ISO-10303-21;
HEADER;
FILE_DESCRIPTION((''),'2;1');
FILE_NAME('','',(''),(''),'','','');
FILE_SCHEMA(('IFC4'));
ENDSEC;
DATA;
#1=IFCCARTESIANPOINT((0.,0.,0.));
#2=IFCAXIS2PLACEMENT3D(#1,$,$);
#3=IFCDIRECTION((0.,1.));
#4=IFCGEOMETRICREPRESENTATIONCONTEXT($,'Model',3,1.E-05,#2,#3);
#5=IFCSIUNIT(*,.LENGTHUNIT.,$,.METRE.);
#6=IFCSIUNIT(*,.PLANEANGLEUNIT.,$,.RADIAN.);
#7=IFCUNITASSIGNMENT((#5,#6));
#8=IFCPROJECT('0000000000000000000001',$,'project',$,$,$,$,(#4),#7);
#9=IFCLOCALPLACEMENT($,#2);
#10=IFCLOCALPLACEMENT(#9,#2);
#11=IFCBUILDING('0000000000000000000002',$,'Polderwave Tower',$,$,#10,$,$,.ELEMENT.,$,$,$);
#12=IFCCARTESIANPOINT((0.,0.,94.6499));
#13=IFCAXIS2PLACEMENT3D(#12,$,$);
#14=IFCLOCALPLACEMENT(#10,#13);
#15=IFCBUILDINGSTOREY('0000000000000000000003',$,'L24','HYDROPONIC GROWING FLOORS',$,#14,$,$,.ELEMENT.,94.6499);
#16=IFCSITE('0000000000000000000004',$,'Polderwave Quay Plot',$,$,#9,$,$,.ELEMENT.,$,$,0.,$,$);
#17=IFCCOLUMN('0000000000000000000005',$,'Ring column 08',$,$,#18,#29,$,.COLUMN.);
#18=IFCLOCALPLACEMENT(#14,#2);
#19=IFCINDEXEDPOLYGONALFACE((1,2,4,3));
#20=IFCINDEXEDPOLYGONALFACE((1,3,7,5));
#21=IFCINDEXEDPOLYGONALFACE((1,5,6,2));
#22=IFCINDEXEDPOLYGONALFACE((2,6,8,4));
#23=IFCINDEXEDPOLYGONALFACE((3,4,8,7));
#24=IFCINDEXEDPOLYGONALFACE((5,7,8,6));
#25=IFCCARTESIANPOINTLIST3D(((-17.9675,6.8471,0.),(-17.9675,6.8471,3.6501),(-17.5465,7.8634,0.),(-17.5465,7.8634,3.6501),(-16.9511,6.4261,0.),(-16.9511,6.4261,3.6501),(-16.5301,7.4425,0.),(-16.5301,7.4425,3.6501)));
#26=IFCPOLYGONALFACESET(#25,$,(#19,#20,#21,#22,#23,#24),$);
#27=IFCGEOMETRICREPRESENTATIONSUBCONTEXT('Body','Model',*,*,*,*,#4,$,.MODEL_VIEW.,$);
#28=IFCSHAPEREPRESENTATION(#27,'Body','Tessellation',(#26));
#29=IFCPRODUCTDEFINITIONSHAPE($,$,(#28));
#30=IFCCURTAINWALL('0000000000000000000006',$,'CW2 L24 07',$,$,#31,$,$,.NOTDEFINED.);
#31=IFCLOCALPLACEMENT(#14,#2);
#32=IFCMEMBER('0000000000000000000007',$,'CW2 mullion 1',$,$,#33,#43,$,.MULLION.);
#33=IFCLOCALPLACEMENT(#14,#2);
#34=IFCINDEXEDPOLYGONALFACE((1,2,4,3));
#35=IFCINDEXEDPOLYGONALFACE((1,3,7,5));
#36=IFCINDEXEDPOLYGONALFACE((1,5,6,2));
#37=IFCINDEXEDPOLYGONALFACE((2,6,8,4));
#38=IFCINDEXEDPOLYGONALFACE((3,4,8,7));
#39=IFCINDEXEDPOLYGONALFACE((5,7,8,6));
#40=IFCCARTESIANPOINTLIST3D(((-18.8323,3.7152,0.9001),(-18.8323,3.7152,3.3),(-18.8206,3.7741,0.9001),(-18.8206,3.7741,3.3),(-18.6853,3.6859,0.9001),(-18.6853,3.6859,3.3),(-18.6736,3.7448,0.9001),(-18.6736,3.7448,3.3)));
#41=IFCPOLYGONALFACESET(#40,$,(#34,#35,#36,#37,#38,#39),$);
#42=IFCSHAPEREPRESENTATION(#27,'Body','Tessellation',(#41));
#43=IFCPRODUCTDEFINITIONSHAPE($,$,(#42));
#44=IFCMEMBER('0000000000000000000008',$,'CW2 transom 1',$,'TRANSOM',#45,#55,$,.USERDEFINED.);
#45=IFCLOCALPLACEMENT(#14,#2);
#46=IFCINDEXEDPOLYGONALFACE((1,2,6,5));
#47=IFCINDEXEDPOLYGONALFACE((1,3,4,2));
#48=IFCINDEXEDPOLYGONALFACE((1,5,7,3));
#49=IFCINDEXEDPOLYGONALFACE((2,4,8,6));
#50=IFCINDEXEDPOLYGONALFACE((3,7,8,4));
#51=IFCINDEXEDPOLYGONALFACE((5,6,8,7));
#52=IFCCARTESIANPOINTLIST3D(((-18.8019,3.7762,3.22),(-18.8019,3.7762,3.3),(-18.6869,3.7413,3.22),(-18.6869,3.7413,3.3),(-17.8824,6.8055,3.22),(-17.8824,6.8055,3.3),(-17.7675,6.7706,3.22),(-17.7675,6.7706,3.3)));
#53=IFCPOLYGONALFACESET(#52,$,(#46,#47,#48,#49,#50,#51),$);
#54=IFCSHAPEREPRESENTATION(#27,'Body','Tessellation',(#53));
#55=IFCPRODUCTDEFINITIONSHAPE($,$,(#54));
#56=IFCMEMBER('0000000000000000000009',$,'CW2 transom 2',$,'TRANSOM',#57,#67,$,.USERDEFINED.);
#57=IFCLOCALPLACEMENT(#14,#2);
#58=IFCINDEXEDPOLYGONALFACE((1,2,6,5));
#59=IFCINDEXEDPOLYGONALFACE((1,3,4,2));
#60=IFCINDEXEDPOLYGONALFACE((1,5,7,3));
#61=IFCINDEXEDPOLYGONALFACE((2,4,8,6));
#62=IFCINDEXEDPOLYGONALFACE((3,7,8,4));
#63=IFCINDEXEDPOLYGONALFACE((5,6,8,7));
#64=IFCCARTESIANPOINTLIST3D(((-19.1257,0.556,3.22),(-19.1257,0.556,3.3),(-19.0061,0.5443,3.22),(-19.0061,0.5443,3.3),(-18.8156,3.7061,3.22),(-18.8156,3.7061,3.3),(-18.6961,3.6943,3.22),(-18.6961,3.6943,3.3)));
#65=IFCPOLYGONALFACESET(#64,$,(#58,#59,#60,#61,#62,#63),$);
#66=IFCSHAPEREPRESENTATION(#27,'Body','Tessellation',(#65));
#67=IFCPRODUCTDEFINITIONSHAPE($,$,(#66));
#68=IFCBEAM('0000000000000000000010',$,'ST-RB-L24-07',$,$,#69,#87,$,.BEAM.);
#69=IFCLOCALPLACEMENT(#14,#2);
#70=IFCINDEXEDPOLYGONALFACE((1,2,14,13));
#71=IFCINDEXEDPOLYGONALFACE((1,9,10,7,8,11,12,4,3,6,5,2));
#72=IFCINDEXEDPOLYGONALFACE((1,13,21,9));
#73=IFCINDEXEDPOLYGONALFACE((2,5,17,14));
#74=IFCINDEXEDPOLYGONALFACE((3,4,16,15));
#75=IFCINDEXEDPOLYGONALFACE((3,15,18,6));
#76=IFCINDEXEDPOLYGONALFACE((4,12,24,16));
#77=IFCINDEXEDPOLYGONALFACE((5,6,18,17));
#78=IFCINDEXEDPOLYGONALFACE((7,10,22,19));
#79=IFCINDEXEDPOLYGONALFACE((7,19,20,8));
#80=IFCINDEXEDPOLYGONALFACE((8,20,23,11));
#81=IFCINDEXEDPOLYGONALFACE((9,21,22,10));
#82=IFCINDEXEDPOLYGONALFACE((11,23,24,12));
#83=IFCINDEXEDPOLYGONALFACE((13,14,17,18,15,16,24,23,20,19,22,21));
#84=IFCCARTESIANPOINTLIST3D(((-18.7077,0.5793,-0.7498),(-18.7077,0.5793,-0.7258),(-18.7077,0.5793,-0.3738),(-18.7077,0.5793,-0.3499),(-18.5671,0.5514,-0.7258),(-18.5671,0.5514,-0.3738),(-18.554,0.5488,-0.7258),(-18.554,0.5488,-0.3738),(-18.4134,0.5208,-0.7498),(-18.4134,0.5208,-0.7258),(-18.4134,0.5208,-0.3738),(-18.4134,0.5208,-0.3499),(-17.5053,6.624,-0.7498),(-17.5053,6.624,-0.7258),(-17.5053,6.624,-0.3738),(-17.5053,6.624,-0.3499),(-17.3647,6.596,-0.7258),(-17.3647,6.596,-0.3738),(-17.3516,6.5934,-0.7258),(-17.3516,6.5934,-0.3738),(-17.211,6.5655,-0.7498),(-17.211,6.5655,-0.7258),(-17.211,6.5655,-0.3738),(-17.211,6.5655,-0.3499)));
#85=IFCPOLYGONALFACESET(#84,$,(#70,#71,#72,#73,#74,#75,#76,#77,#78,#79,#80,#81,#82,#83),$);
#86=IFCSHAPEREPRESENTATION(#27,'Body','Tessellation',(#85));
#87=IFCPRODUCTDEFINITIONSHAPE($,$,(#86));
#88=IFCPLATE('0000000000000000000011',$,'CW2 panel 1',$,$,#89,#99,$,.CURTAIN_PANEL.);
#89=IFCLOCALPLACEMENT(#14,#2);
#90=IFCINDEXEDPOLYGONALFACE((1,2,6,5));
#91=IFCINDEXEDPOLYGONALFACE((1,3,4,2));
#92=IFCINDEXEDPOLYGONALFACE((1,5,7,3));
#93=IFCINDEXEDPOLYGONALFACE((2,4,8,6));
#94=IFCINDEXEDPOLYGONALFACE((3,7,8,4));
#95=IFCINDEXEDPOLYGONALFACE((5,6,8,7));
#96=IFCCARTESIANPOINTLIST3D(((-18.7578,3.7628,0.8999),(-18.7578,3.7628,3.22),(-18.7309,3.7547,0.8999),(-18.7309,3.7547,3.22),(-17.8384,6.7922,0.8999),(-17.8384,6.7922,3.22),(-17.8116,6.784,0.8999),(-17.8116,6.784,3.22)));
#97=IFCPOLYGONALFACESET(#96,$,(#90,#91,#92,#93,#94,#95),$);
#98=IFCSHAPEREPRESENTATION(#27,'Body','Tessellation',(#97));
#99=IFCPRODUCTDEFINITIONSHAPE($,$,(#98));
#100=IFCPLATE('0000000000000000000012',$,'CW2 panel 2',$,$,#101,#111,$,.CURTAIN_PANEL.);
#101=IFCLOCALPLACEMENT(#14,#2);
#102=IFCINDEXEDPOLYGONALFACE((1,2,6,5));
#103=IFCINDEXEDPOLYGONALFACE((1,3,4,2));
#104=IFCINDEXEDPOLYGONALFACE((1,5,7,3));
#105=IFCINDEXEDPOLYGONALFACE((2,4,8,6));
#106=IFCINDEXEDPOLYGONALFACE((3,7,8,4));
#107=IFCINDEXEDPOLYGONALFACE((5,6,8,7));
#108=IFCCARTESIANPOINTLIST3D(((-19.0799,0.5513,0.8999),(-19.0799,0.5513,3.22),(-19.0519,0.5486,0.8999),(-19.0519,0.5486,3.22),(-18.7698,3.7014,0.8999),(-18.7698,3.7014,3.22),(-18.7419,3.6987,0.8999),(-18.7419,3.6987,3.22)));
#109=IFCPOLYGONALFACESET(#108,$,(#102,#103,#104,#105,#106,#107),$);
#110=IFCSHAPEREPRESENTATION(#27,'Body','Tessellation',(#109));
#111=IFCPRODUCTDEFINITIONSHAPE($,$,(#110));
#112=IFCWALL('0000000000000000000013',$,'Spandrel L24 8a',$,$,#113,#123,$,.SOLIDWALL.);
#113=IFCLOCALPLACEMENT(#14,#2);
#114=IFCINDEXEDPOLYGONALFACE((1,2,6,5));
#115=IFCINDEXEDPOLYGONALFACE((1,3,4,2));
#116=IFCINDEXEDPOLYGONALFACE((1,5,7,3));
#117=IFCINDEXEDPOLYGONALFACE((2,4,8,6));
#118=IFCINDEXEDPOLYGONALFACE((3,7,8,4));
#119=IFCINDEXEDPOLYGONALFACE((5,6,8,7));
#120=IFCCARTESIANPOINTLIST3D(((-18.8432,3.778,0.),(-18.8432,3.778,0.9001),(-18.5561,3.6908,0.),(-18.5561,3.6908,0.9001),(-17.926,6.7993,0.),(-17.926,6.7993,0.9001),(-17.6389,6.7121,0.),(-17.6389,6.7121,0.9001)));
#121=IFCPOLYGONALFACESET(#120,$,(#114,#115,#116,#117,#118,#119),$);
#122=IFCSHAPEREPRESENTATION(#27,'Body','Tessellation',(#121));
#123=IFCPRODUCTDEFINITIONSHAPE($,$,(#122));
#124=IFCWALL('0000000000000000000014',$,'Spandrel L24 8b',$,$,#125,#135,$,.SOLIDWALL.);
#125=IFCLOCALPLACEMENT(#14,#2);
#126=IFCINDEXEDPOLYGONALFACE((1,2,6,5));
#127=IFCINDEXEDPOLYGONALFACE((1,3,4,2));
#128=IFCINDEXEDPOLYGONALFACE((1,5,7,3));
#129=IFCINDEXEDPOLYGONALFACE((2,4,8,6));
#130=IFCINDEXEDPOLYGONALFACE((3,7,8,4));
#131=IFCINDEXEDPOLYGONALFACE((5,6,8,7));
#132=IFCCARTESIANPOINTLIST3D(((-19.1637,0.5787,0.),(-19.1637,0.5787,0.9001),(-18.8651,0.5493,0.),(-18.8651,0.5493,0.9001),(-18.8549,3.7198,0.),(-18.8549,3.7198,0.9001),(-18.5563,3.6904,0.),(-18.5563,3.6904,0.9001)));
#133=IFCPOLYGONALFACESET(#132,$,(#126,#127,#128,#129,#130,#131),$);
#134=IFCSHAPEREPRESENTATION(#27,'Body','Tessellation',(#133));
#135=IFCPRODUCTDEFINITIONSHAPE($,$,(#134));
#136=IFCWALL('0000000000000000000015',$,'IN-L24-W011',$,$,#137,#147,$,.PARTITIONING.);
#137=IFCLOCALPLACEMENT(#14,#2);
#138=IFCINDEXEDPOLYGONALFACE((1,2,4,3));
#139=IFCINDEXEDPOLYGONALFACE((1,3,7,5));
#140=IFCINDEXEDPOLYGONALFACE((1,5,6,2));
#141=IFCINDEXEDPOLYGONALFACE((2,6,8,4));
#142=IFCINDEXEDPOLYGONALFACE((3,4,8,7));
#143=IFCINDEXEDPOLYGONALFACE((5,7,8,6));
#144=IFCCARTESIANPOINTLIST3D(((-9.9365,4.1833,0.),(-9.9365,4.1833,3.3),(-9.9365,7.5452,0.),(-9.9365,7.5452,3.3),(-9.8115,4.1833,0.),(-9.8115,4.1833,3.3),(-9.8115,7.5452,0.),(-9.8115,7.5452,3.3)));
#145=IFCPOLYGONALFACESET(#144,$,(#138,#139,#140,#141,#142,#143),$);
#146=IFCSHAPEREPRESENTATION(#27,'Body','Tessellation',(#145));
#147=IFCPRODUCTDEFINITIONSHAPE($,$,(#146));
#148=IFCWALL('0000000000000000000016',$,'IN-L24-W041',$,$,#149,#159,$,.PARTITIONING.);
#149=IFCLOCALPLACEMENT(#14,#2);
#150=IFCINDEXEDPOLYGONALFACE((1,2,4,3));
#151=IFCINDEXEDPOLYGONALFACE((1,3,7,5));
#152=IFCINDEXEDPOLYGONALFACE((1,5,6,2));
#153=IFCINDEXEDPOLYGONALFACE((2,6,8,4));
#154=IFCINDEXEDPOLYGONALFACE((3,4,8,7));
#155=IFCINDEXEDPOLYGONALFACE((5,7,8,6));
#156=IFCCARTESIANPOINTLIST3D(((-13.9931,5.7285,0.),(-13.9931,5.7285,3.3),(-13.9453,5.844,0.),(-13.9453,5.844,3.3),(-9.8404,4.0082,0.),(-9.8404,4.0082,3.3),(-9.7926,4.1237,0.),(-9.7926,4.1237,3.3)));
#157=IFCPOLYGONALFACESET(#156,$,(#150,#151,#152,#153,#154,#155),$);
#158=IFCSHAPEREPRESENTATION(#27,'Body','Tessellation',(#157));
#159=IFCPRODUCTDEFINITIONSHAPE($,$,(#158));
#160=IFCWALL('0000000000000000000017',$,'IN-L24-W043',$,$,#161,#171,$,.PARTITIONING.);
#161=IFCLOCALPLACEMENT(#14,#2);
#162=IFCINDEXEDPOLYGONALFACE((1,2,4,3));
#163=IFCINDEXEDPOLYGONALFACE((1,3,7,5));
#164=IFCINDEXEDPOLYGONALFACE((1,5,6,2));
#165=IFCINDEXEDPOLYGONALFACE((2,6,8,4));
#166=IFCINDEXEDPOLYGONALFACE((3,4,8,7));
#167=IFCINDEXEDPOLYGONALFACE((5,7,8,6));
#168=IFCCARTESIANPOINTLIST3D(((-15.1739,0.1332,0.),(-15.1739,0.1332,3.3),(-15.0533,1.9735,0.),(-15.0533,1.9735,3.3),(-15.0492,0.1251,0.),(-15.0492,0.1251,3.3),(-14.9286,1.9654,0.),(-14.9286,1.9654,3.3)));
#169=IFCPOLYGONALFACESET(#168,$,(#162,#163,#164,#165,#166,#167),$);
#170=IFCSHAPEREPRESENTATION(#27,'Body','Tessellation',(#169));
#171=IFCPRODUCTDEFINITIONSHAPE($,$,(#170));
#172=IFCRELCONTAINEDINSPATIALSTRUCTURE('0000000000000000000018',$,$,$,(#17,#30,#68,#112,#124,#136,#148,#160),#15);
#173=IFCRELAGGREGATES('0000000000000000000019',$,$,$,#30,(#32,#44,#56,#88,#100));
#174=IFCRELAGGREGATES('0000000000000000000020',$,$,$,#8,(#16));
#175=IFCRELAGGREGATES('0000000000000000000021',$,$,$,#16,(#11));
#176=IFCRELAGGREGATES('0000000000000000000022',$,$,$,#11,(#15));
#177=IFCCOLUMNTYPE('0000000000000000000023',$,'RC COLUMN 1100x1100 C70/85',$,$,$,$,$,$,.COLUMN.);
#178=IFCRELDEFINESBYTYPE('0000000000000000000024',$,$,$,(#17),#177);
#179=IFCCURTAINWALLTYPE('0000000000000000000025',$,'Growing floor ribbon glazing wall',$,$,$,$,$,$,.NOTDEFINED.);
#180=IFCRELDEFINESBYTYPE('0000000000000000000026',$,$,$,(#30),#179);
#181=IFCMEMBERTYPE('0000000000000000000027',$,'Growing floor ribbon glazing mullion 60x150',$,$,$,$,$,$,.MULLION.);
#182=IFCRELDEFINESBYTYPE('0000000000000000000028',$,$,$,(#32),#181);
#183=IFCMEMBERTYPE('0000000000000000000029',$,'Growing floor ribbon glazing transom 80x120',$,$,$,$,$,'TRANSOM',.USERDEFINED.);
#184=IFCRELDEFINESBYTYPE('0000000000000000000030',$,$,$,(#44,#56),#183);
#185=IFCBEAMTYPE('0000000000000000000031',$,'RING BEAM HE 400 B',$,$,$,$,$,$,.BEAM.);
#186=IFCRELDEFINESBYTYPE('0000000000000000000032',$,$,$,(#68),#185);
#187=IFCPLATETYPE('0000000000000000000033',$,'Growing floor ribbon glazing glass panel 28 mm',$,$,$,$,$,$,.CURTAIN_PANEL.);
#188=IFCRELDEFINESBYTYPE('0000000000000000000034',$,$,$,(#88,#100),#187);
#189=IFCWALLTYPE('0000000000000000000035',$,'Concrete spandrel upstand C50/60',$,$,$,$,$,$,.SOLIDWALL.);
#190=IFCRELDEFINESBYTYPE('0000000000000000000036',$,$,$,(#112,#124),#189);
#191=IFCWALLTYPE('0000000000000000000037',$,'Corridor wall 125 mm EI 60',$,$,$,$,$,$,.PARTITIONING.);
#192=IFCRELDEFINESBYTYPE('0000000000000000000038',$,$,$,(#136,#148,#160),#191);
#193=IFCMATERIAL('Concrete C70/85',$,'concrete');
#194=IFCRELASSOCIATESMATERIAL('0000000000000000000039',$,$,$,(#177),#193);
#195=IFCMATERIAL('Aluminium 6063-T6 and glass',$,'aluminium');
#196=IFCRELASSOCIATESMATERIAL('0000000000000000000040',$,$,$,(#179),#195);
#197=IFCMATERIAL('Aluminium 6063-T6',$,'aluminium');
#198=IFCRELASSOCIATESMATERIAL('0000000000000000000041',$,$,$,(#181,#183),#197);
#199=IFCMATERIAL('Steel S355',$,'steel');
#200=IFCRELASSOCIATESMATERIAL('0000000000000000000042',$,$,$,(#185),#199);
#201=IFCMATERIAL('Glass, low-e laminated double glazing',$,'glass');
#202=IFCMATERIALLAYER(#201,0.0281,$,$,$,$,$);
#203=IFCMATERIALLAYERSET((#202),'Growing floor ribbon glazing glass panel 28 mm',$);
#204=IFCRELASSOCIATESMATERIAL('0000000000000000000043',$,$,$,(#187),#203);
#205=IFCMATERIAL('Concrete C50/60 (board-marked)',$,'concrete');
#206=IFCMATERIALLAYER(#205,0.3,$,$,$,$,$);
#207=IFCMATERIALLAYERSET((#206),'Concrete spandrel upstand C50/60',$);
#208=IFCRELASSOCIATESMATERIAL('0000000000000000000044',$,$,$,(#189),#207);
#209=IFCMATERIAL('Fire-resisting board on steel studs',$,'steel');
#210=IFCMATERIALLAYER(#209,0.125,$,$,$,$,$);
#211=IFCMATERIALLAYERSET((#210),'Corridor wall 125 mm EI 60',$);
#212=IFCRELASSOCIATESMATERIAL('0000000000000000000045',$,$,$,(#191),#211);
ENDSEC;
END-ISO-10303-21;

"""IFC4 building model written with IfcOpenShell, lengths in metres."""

from ifc_helpers import new_model, si_unit, direction, frame, frame_2d, origin, origin_2d, place, context, subcontext, project, spatial, rectangle, i_section, extrude, material, layer, layer_set, material_profile, profile_set, type_object, element, aggregate, save


model = new_model("IFC4")

# Units and contexts
model_context = context("Model", 3, precision=1e-05, world=origin(), true_north=direction((0.0, 1.0)))
body_context = subcontext(model_context, "Body", "Model", "MODEL_VIEW")
ifc_project = project(units=[si_unit("LENGTHUNIT", "METRE"), si_unit("PLANEANGLEUNIT", "RADIAN")], contexts=[model_context])

# Site, building, storey
site_placement = place(None, origin())
site = spatial("IfcSite", under=ifc_project, at=site_placement, Name="Polderwave Quay Plot", CompositionType="ELEMENT", RefElevation=0.0)
building_placement = place(site_placement, origin())
building = spatial("IfcBuilding", under=site, at=building_placement, Name="Polderwave Tower", CompositionType="ELEMENT")
storey_placement = place(building_placement, frame((0.0, 0.0, 94.6499)))
storey = spatial("IfcBuildingStorey", under=building, at=storey_placement, Name="L24", Description="HYDROPONIC GROWING FLOORS", CompositionType="ELEMENT", Elevation=94.6499)

# Column
ifc_material_1 = material(Name="Concrete C70/85", Category="concrete")
ifc_material_profile_1 = material_profile(ifc_material_1, rectangle(XDim=1.1001, YDim=1.1001, at=origin_2d()), Name="RC 1100x1100")
ifc_profile_set_1 = profile_set([ifc_material_profile_1], Name="Concrete C70/85")
column_type = type_object("IfcColumnType", Name="RC COLUMN 1100x1100 C70/85", PredefinedType="COLUMN", material=ifc_profile_set_1)
column_placement = place(storey_placement, frame((-17.2488, 7.1448, 0.0), z_axis=(0.0, 0.0, 1.0), x_axis=(-0.92388, 0.382683, 0.0)))
element("IfcColumn", 1, at=column_placement, inside=storey, type_object=column_type, Name="Ring column 08", PredefinedType="COLUMN", context=body_context, shape_type="SweptSolid", body=[
    extrude(rectangle(XDim=1.1001, YDim=1.1001, at=origin_2d()), origin(), (0.0, 0.0, 1.0), 3.6501),
])

# Curtain wall, members
ifc_material_2 = material(Name="Aluminium 6063-T6 and glass", Category="aluminium")
curtain_wall_type = type_object("IfcCurtainWallType", Name="Growing floor ribbon glazing wall", PredefinedType="NOTDEFINED", material=ifc_material_2)
curtain_wall_placement = place(storey_placement, origin())
curtain_wall = element("IfcCurtainWall", 2, at=curtain_wall_placement, inside=storey, type_object=curtain_wall_type, Name="CW2 L24 07", PredefinedType="NOTDEFINED")
ifc_material_3 = material(Name="Aluminium 6063-T6", Category="aluminium")
ifc_material_profile_2 = material_profile(ifc_material_3, rectangle(XDim=0.1499, YDim=0.0601, at=origin_2d()), Name="AL 60x150")
ifc_profile_set_2 = profile_set([ifc_material_profile_2], Name="Aluminium 6063-T6")
member_type_1 = type_object("IfcMemberType", Name="Growing floor ribbon glazing mullion 60x150", PredefinedType="MULLION", material=ifc_profile_set_2)
member_1_placement = place(storey_placement, frame((-18.7529, 3.73, 0.9001), z_axis=(0.0, 0.0, 1.0), x_axis=(0.980781, -0.195113, 0.0)))
member_1 = element("IfcMember", 3, at=member_1_placement, type_object=member_type_1, Name="CW2 mullion 1", PredefinedType="MULLION", context=body_context, shape_type="SweptSolid", body=[
    extrude(rectangle(XDim=0.1499, YDim=0.0601, at=origin_2d()), origin(), (0.0, 0.0, 1.0), 2.3999),
])
ifc_material_profile_3 = material_profile(ifc_material_3, rectangle(XDim=0.1201, YDim=0.0801, at=origin_2d()), Name="AL 80x120")
ifc_profile_set_3 = profile_set([ifc_material_profile_3], Name="Aluminium 6063-T6")
member_type_2 = type_object("IfcMemberType", Name="Growing floor ribbon glazing transom 80x120", ElementType="TRANSOM", PredefinedType="USERDEFINED", material=ifc_profile_set_3)
member_2_placement = place(storey_placement, frame((-17.825, 6.7881, 3.26), z_axis=(-0.290431, -0.956896, 0.0), x_axis=(0.956896, -0.290431, 0.0)))
member_2 = element("IfcMember", 4, at=member_2_placement, type_object=member_type_2, Name="CW2 transom 1", ObjectType="TRANSOM", PredefinedType="USERDEFINED", context=body_context, shape_type="SweptSolid", body=[
    extrude(rectangle(XDim=0.1201, YDim=0.0801, at=origin_2d()), origin(), (0.0, 0.0, 1.0), 3.1658),
])
member_3_placement = place(storey_placement, frame((-18.7559, 3.7002, 3.26), z_axis=(-0.097953, -0.995191, 0.0), x_axis=(0.995191, -0.097953, 0.0)))
member_3 = element("IfcMember", 5, at=member_3_placement, type_object=member_type_2, Name="CW2 transom 2", ObjectType="TRANSOM", PredefinedType="USERDEFINED", context=body_context, shape_type="SweptSolid", body=[
    extrude(rectangle(XDim=0.1201, YDim=0.0801, at=origin_2d()), origin(), (0.0, 0.0, 1.0), 3.1653),
])

# Beam
ifc_material_4 = material(Name="Steel S355", Category="steel")
ifc_material_profile_4 = material_profile(ifc_material_4, i_section(OverallWidth=0.3, OverallDepth=0.3999, WebThickness=0.0134, FlangeThickness=0.0239, at=origin_2d()), Name="HE 400 B")
ifc_profile_set_4 = profile_set([ifc_material_profile_4], Name="Steel S355")
beam_type = type_object("IfcBeamType", Name="RING BEAM HE 400 B", PredefinedType="BEAM", material=ifc_profile_set_4)
beam_placement = place(storey_placement, frame((-17.3582, 6.5947, -0.5498), z_axis=(-0.195095, -0.980784, 0.0), x_axis=(0.980784, -0.195095, 0.0)))
element("IfcBeam", 6, at=beam_placement, inside=storey, type_object=beam_type, Name="ST-RB-L24-07", PredefinedType="BEAM", context=body_context, shape_type="SweptSolid", body=[
    extrude(i_section(OverallWidth=0.3, OverallDepth=0.3999, WebThickness=0.0134, FlangeThickness=0.0239, at=origin_2d()), origin(), (0.0, 0.0, 1.0), 6.1631),
])

# Plates
ifc_material_5 = material(Name="Glass, low-e laminated double glazing", Category="glass")
ifc_layer_1 = layer(ifc_material_5, 0.0281)
ifc_layer_set_1 = layer_set([ifc_layer_1], Name="Growing floor ribbon glazing glass panel 28 mm")
plate_type = type_object("IfcPlateType", Name="Growing floor ribbon glazing glass panel 28 mm", PredefinedType="CURTAIN_PANEL", material=ifc_layer_set_1)
plate_1_placement = place(storey_placement, frame((-18.2847, 5.2734, 0.8999), z_axis=(0.0, 0.0, 1.0), x_axis=(-0.29039, -0.956908, 0.0)))
plate_1 = element("IfcPlate", 7, at=plate_1_placement, type_object=plate_type, Name="CW2 panel 1", PredefinedType="CURTAIN_PANEL", context=body_context, shape_type="SweptSolid", body=[
    extrude(rectangle(XDim=3.1658, YDim=0.0281, at=origin_2d()), origin(), (0.0, 0.0, 1.0), 2.3201),
])
plate_2_placement = place(storey_placement, frame((-18.9109, 2.125, 0.8999), z_axis=(0.0, 0.0, 1.0), x_axis=(-0.097955, -0.995191, 0.0)))
plate_2 = element("IfcPlate", 8, at=plate_2_placement, type_object=plate_type, Name="CW2 panel 2", PredefinedType="CURTAIN_PANEL", context=body_context, shape_type="SweptSolid", body=[
    extrude(rectangle(XDim=3.1653, YDim=0.0281, at=origin_2d()), origin(), (0.0, 0.0, 1.0), 2.3201),
])
aggregate(curtain_wall, [member_1, member_2, member_3, plate_1, plate_2])

# Walls
ifc_material_6 = material(Name="Concrete C50/60 (board-marked)", Category="concrete")
ifc_layer_2 = layer(ifc_material_6, 0.3)
ifc_layer_set_2 = layer_set([ifc_layer_2], Name="Concrete spandrel upstand C50/60")
wall_type_1 = type_object("IfcWallType", Name="Concrete spandrel upstand C50/60", PredefinedType="SOLIDWALL", material=ifc_layer_set_2)
wall_1_placement = place(storey_placement, frame((-17.7825, 6.7556, 0.0), z_axis=(0.0, 0.0, 1.0), x_axis=(-0.290503, -0.956874, 0.0)))
element("IfcWall", 9, at=wall_1_placement, inside=storey, type_object=wall_type_1, Name="Spandrel L24 8a", PredefinedType="SOLIDWALL", context=body_context, shape_type="SweptSolid", body=[
    extrude(rectangle(XDim=3.1575, YDim=0.3, at=frame_2d((1.5786, 0.0))), origin(), (0.0, 0.0, 1.0), 0.9001),
])
wall_2_placement = place(storey_placement, frame((-18.7056, 3.7051, 0.0), z_axis=(0.0, 0.0, 1.0), x_axis=(-0.097849, -0.995201, 0.0)))
element("IfcWall", 10, at=wall_2_placement, inside=storey, type_object=wall_type_1, Name="Spandrel L24 8b", PredefinedType="SOLIDWALL", context=body_context, shape_type="SweptSolid", body=[
    extrude(rectangle(XDim=3.1562, YDim=0.3, at=frame_2d((1.5781, 0.0))), origin(), (0.0, 0.0, 1.0), 0.9001),
])
ifc_material_7 = material(Name="Fire-resisting board on steel studs", Category="steel")
ifc_layer_3 = layer(ifc_material_7, 0.125)
ifc_layer_set_3 = layer_set([ifc_layer_3], Name="Corridor wall 125 mm EI 60")
wall_type_2 = type_object("IfcWallType", Name="Corridor wall 125 mm EI 60", PredefinedType="PARTITIONING", material=ifc_layer_set_3)
wall_3_placement = place(storey_placement, frame((-9.874, 4.1833, 0.0), z_axis=(0.0, 0.0, 1.0), x_axis=(0.0, 1.0, 0.0)))
element("IfcWall", 11, at=wall_3_placement, inside=storey, type_object=wall_type_2, Name="IN-L24-W011", PredefinedType="PARTITIONING", context=body_context, shape_type="SweptSolid", body=[
    extrude(rectangle(XDim=3.3618, YDim=0.125, at=frame_2d((1.6809, 0.0))), origin(), (0.0, 0.0, 1.0), 3.3),
])
wall_4_placement = place(storey_placement, frame((-9.8164, 4.0659, 0.0), z_axis=(0.0, 0.0, 1.0), x_axis=(-0.923867, 0.382713, 0.0)))
element("IfcWall", 12, at=wall_4_placement, inside=storey, type_object=wall_type_2, Name="IN-L24-W041", PredefinedType="PARTITIONING", context=body_context, shape_type="SweptSolid", body=[
    extrude(rectangle(XDim=4.4949, YDim=0.125, at=frame_2d((2.2476, 0.0))), origin(), (0.0, 0.0, 1.0), 3.3),
])
wall_5_placement = place(storey_placement, frame((-15.1116, 0.1292, 0.0), z_axis=(0.0, 0.0, 1.0), x_axis=(0.065394, 0.997859, 0.0)))
element("IfcWall", 13, at=wall_5_placement, inside=storey, type_object=wall_type_2, Name="IN-L24-W043", PredefinedType="PARTITIONING", context=body_context, shape_type="SweptSolid", body=[
    extrude(rectangle(XDim=1.8442, YDim=0.125, at=frame_2d((0.9221, 0.0))), origin(), (0.0, 0.0, 1.0), 3.3),
])

save(model, "model.ifc")
